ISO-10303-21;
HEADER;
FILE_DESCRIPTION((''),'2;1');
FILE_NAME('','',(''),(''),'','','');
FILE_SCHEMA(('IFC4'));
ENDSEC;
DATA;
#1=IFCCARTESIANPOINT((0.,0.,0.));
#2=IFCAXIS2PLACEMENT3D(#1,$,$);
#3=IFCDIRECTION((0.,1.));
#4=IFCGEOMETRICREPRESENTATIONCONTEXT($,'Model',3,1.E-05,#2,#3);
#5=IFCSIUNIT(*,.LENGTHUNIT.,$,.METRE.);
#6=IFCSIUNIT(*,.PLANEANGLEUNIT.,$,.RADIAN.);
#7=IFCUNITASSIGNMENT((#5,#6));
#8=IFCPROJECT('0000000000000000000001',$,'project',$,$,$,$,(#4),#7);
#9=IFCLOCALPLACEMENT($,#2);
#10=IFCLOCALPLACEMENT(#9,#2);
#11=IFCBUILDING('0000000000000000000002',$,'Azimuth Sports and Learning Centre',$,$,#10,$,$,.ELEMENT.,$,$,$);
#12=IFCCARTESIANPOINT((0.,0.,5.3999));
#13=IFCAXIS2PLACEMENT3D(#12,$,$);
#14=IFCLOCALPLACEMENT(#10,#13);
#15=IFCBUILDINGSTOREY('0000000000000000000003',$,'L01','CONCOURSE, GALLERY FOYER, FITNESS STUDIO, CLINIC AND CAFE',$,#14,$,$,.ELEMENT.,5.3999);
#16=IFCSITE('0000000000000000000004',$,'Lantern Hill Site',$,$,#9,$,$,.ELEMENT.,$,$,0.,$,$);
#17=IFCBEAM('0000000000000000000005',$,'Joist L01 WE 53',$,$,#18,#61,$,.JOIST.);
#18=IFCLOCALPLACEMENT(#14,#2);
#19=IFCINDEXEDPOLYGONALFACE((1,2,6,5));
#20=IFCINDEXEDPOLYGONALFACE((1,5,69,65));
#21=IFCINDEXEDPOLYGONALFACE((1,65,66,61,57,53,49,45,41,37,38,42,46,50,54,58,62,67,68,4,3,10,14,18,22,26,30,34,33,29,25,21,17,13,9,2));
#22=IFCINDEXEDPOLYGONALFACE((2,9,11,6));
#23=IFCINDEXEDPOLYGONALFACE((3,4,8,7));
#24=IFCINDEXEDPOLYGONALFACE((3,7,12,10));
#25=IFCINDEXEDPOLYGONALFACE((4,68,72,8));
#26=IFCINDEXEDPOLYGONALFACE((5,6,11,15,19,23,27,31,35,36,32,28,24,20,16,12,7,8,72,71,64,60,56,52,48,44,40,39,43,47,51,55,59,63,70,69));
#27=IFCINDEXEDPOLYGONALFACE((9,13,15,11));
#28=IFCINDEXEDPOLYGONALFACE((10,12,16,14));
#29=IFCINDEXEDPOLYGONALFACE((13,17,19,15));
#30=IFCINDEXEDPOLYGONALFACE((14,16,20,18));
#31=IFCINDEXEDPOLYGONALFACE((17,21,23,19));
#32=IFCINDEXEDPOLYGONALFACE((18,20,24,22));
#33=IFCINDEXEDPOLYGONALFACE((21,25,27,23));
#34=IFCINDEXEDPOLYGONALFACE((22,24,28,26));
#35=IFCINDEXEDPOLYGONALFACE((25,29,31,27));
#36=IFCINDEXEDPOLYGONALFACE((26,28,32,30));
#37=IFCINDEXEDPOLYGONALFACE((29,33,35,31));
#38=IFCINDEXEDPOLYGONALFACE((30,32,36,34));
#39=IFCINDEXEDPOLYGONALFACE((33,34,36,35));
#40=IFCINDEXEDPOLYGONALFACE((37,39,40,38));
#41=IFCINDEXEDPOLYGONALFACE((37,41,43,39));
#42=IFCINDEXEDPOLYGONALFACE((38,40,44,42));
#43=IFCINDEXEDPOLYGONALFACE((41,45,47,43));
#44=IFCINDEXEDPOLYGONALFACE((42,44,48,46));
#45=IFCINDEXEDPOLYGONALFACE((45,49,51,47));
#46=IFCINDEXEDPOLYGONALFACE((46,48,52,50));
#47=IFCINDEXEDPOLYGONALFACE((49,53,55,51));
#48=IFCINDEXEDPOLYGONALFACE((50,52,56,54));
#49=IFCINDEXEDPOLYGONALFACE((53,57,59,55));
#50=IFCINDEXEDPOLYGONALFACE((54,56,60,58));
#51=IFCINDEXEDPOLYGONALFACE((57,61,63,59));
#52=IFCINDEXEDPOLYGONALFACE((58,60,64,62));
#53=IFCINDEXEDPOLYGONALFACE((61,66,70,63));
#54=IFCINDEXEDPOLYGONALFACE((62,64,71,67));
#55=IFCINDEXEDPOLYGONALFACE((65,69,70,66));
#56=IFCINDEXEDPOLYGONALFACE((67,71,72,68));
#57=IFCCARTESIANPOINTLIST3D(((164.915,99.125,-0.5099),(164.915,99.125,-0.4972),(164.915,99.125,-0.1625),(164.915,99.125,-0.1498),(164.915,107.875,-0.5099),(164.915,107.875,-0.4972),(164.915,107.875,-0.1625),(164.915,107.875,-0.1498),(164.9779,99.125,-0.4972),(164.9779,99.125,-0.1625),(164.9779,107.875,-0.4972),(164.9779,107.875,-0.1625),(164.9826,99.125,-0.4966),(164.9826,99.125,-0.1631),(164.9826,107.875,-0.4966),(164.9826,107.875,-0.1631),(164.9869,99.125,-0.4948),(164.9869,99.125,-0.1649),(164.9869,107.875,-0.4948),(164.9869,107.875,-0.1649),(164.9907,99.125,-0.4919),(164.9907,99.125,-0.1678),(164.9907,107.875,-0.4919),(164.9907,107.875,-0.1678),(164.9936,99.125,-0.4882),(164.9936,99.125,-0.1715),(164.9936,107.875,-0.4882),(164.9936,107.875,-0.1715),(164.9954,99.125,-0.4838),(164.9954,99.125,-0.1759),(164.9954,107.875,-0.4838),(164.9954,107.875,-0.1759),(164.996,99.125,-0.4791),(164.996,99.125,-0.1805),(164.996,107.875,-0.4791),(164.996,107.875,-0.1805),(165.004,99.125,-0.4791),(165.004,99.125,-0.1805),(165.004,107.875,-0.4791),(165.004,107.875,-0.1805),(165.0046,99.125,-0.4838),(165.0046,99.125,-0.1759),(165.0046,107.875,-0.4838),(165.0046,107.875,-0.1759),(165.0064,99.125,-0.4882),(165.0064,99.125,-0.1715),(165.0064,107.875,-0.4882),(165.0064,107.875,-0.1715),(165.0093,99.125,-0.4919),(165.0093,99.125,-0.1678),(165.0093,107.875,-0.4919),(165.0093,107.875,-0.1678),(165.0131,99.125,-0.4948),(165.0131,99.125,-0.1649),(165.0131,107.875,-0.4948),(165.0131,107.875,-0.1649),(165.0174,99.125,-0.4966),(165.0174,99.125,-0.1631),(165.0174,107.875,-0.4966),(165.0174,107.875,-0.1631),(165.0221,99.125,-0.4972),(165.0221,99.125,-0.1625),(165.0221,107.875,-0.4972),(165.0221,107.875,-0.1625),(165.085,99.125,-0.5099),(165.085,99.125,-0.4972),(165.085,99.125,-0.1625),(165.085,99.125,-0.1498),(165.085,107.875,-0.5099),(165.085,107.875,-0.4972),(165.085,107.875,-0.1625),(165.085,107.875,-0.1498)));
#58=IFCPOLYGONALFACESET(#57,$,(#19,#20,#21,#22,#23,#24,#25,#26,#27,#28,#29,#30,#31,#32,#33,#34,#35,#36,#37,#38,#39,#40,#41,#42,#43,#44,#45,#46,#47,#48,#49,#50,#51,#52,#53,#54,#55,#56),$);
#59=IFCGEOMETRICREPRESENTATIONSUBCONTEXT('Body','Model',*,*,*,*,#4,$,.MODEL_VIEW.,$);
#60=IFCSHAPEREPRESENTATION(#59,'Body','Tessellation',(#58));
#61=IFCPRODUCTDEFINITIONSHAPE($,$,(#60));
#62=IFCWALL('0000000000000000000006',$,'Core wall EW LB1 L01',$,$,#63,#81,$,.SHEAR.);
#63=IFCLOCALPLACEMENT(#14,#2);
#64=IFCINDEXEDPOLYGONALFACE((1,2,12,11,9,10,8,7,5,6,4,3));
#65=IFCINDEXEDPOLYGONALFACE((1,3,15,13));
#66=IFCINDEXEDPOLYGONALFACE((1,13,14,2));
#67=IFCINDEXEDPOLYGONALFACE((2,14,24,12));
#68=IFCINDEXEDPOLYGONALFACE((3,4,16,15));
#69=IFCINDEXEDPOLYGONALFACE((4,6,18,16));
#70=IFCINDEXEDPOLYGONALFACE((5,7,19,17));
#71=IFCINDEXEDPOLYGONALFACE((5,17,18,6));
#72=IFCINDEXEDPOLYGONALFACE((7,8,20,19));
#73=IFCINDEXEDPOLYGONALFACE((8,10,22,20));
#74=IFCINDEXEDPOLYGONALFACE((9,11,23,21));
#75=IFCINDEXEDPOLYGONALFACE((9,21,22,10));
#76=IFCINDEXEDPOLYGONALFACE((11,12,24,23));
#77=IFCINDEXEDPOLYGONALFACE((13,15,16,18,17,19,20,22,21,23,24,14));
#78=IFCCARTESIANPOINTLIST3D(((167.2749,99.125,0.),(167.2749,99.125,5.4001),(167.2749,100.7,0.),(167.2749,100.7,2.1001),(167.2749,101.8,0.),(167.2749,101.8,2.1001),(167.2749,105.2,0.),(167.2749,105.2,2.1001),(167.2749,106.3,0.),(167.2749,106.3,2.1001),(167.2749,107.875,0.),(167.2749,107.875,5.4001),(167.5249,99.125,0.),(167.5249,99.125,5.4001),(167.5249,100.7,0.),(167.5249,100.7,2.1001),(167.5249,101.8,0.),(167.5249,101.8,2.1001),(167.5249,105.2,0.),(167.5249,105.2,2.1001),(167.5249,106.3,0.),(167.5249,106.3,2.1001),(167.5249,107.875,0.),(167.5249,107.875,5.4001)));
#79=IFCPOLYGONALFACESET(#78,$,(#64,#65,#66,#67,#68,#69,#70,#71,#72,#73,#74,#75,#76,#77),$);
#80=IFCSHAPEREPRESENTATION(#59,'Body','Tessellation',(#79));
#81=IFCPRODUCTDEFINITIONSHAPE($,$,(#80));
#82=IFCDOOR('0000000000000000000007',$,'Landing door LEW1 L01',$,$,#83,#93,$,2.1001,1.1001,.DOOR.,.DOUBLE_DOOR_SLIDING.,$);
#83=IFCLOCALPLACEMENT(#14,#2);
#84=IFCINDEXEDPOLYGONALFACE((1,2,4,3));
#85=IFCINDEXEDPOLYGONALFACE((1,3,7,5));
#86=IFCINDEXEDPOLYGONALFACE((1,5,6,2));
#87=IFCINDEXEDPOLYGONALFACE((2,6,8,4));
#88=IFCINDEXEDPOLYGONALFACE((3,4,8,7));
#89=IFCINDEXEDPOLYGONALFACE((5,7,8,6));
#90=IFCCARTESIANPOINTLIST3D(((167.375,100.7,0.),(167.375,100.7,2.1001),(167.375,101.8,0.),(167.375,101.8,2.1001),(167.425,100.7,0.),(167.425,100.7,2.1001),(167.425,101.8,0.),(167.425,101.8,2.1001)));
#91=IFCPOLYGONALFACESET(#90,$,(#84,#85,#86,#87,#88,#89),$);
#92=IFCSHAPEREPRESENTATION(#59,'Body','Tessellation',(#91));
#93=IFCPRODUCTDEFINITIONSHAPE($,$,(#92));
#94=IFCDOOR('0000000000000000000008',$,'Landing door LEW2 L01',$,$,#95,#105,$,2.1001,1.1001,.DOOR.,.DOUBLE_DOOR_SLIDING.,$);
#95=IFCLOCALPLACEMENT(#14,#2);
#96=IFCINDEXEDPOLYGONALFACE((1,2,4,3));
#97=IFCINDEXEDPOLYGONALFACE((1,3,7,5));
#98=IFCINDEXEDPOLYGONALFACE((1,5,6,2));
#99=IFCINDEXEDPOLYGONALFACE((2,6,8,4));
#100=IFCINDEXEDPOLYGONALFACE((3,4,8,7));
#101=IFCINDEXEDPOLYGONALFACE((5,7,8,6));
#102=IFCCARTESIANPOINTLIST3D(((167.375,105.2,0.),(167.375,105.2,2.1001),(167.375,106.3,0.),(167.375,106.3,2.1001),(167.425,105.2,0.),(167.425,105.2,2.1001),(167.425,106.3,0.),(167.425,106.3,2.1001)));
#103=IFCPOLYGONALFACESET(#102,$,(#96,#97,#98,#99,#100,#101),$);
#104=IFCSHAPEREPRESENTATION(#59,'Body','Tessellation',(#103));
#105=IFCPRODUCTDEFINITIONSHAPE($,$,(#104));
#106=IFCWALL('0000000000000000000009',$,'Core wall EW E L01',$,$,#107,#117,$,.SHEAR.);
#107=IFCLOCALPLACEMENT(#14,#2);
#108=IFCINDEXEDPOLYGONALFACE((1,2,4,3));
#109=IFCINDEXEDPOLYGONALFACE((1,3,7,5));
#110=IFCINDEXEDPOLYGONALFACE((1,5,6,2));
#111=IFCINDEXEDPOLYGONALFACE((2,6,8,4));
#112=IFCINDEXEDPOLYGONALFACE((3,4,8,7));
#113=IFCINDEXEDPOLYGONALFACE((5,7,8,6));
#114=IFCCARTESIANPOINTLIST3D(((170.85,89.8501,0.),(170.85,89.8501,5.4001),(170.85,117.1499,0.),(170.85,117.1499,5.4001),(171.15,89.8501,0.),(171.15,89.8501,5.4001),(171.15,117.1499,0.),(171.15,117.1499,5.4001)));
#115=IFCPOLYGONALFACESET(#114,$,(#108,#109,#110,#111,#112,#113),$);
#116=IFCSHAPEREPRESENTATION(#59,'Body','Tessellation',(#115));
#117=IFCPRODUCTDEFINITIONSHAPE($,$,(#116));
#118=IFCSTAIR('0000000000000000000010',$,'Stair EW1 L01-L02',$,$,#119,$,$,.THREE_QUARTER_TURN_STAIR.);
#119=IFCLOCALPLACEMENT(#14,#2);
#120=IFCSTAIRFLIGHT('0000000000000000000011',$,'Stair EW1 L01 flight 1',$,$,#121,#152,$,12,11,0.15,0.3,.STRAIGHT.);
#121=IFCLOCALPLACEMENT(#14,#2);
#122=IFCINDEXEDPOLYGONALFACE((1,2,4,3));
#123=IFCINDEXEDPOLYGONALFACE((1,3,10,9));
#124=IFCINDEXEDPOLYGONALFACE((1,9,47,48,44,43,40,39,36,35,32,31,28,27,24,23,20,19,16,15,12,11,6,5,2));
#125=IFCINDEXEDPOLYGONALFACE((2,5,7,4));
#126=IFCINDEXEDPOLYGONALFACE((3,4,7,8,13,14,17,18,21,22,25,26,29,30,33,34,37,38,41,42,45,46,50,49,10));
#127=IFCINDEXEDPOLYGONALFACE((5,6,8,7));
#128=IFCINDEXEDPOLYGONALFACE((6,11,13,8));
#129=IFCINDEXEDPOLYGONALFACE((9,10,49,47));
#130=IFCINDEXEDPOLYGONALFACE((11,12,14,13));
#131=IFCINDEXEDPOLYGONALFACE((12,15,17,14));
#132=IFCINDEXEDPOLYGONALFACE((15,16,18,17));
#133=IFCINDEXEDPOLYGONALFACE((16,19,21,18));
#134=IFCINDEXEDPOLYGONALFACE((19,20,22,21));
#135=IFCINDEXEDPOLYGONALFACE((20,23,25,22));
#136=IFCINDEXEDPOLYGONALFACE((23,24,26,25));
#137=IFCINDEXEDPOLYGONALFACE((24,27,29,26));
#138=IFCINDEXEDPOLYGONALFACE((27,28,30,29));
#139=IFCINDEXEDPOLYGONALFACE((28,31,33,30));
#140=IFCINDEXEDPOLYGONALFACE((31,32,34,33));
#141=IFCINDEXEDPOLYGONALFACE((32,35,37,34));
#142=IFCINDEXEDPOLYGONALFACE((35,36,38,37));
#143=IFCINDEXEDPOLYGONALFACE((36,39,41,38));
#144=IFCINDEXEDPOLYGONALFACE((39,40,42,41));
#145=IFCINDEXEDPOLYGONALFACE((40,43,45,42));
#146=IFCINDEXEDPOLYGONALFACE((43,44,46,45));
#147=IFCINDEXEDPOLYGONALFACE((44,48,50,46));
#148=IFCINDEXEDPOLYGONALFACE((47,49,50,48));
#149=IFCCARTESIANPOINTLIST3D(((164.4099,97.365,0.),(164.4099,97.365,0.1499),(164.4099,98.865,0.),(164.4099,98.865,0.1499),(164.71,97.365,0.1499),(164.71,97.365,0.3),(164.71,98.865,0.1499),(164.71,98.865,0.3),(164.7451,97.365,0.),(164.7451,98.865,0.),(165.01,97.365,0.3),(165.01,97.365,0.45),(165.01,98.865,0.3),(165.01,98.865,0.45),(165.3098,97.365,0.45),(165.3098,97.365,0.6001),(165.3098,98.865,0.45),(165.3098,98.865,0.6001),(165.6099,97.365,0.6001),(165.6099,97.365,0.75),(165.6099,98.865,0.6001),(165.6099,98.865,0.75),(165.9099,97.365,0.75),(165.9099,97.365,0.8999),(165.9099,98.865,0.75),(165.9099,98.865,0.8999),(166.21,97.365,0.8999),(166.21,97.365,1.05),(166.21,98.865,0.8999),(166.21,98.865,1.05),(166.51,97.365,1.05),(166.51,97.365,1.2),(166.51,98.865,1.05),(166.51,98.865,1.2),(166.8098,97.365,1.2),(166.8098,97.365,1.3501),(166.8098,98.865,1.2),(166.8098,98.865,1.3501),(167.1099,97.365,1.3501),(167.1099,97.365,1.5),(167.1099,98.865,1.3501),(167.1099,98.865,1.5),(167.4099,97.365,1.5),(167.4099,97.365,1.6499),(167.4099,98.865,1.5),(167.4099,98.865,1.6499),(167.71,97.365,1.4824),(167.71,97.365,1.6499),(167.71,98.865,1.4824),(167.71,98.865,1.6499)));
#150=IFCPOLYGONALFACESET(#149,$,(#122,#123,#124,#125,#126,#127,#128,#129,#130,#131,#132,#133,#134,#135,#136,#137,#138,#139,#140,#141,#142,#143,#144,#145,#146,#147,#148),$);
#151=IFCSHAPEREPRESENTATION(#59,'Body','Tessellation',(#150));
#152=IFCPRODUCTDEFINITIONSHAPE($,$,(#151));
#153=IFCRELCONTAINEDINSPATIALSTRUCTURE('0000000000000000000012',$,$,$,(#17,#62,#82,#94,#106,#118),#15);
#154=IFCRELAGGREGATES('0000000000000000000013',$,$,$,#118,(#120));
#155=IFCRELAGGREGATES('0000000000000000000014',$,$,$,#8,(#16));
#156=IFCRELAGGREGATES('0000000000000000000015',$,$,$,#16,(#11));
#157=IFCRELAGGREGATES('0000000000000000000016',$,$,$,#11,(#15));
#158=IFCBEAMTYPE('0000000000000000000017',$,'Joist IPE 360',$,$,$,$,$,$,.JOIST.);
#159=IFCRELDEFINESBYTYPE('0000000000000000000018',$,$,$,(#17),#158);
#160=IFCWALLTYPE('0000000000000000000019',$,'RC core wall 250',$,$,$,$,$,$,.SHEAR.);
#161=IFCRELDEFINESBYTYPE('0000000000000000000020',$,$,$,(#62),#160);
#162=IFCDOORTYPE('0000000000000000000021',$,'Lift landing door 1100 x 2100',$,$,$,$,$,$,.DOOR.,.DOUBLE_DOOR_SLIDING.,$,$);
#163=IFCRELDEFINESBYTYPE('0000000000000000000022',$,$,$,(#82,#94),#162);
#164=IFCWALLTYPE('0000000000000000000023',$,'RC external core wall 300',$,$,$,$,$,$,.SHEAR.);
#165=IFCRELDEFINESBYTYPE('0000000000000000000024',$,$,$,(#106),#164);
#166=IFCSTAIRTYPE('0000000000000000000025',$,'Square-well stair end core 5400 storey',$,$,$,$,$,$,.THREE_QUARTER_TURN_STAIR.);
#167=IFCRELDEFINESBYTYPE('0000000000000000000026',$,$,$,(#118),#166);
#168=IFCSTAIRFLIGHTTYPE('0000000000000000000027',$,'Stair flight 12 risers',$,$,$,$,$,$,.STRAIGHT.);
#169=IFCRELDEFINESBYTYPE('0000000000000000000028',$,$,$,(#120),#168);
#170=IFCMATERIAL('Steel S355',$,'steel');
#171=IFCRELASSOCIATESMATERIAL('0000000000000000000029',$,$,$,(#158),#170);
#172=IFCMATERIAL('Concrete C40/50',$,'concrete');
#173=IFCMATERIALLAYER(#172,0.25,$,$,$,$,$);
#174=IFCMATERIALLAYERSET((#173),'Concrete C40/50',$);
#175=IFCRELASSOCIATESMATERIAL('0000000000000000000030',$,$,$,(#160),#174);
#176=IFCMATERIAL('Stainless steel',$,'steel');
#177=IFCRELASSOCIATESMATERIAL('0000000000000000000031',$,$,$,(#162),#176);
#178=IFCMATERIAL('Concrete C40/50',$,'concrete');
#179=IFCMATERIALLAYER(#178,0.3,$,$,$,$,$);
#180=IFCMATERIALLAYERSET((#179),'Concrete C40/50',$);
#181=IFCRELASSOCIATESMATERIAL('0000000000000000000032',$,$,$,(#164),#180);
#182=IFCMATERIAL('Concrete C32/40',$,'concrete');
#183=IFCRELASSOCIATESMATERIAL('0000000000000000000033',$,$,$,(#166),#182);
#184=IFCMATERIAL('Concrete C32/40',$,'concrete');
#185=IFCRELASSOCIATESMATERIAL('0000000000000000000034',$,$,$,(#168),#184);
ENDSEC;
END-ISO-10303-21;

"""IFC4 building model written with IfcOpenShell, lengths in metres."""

from ifc_helpers import new_model, si_unit, direction, frame, frame_2d, origin, origin_2d, place, context, subcontext, project, spatial, polyline, rectangle, i_section, outline, extrude, material, layer, layer_set, material_profile, profile_set, type_object, element, fill, aggregate, save


model = new_model("IFC4")

# Units and contexts
model_context = context("Model", 3, precision=1e-05, world=origin(), true_north=direction((0.0, 1.0)))
body_context = subcontext(model_context, "Body", "Model", "MODEL_VIEW")
ifc_project = project(units=[si_unit("LENGTHUNIT", "METRE"), si_unit("PLANEANGLEUNIT", "RADIAN")], contexts=[model_context])

# Site, building, storey
site_placement = place(None, origin())
site = spatial("IfcSite", under=ifc_project, at=site_placement, Name="Lantern Hill Site", CompositionType="ELEMENT", RefElevation=0.0)
building_placement = place(site_placement, origin())
building = spatial("IfcBuilding", under=site, at=building_placement, Name="Azimuth Sports and Learning Centre", CompositionType="ELEMENT")
storey_placement = place(building_placement, frame((0.0, 0.0, 5.3999)))
storey = spatial("IfcBuildingStorey", under=building, at=storey_placement, Name="L01", Description="CONCOURSE, GALLERY FOYER, FITNESS STUDIO, CLINIC AND CAFE", CompositionType="ELEMENT", Elevation=5.3999)

# Beam
ifc_material_1 = material(Name="Steel S355", Category="steel")
ifc_material_profile_1 = material_profile(ifc_material_1, i_section(OverallWidth=0.1699, OverallDepth=0.3601, WebThickness=0.0081, FlangeThickness=0.0127, FilletRadius=0.0181, at=origin_2d()), Name="IPE 360")
ifc_profile_set_1 = profile_set([ifc_material_profile_1], Name="Steel S355")
beam_type_1 = type_object("IfcBeamType", Name="Joist IPE 360", PredefinedType="JOIST", material=ifc_profile_set_1)
beam_placement = place(storey_placement, frame((165.0, 99.125, -0.3298), z_axis=(0.0, 1.0, 0.0), x_axis=(-1.0, 0.0, 0.0)))
element("IfcBeam", 1, at=beam_placement, inside=storey, type_object=beam_type_1, Name="Joist L01 WE 53", PredefinedType="JOIST", context=body_context, shape_type="SweptSolid", body=[
    extrude(i_section(OverallWidth=0.1699, OverallDepth=0.3601, WebThickness=0.0081, FlangeThickness=0.0127, FilletRadius=0.0181, at=origin_2d()), origin(), (0.0, 0.0, 1.0), 8.75),
])

# Wall, openings, doors
ifc_material_2 = material(Name="Concrete C40/50", Category="concrete")
ifc_layer_1 = layer(ifc_material_2, 0.25)
ifc_layer_set_1 = layer_set([ifc_layer_1], Name="Concrete C40/50")
wall_type_1 = type_object("IfcWallType", Name="RC core wall 250", PredefinedType="SHEAR", material=ifc_layer_set_1)
wall_1_placement = place(storey_placement, frame((167.3999, 99.125, 0.0), z_axis=(0.0, 0.0, 1.0), x_axis=(0.0, 1.0, 0.0)))
wall_1 = element("IfcWall", 2, at=wall_1_placement, inside=storey, type_object=wall_type_1, Name="Core wall EW LB1 L01", PredefinedType="SHEAR", context=body_context, shape_type="SweptSolid", body=[
    extrude(rectangle(XDim=8.75, YDim=0.25, at=frame_2d((4.375, 0.0))), origin(), (0.0, 0.0, 1.0), 5.4001),
])
opening_1_placement = place(wall_1_placement, frame((1.575, 0.0, 0.0)))
opening_1 = element("IfcOpeningElement", 3, at=opening_1_placement, cuts=wall_1, PredefinedType="OPENING", context=body_context, shape_type="SweptSolid", body=[
    extrude(rectangle(XDim=1.1001, YDim=2.1001, at=frame_2d((0.55, 1.05))), frame((0.0, 0.136, 0.0), z_axis=(0.0, -1.0, 0.0), x_axis=(1.0, 0.0, 0.0)), (0.0, 0.0, 1.0), 0.272),
])
opening_2_placement = place(wall_1_placement, frame((6.075, 0.0, 0.0)))
opening_2 = element("IfcOpeningElement", 4, at=opening_2_placement, cuts=wall_1, PredefinedType="OPENING", context=body_context, shape_type="SweptSolid", body=[
    extrude(rectangle(XDim=1.1001, YDim=2.1001, at=frame_2d((0.55, 1.05))), frame((0.0, 0.136, 0.0), z_axis=(0.0, -1.0, 0.0), x_axis=(1.0, 0.0, 0.0)), (0.0, 0.0, 1.0), 0.272),
])
ifc_material_3 = material(Name="Stainless steel", Category="steel")
door_type = type_object("IfcDoorType", Name="Lift landing door 1100 x 2100", OperationType="DOUBLE_DOOR_SLIDING", PredefinedType="DOOR", material=ifc_material_3)
door_1_placement = place(opening_1_placement, origin())
door_1 = element("IfcDoor", 5, at=door_1_placement, inside=storey, type_object=door_type, Name="Landing door LEW1 L01", OperationType="DOUBLE_DOOR_SLIDING", OverallHeight=2.1001, OverallWidth=1.1001, PredefinedType="DOOR", context=body_context, shape_type="SweptSolid", body=[
    extrude(rectangle(XDim=1.1001, YDim=2.1001, at=frame_2d((0.55, 1.05))), frame((0.0, 0.0249, 0.0), z_axis=(0.0, -1.0, 0.0), x_axis=(1.0, 0.0, 0.0)), (0.0, 0.0, 1.0), 0.05),
])
fill(opening_1, door_1)
door_2_placement = place(opening_2_placement, origin())
door_2 = element("IfcDoor", 6, at=door_2_placement, inside=storey, type_object=door_type, Name="Landing door LEW2 L01", OperationType="DOUBLE_DOOR_SLIDING", OverallHeight=2.1001, OverallWidth=1.1001, PredefinedType="DOOR", context=body_context, shape_type="SweptSolid", body=[
    extrude(rectangle(XDim=1.1001, YDim=2.1001, at=frame_2d((0.55, 1.05))), frame((0.0, 0.0249, 0.0), z_axis=(0.0, -1.0, 0.0), x_axis=(1.0, 0.0, 0.0)), (0.0, 0.0, 1.0), 0.05),
])
fill(opening_2, door_2)

# Wall
ifc_material_4 = material(Name="Concrete C40/50", Category="concrete")
ifc_layer_2 = layer(ifc_material_4, 0.3)
ifc_layer_set_2 = layer_set([ifc_layer_2], Name="Concrete C40/50")
wall_type_2 = type_object("IfcWallType", Name="RC external core wall 300", PredefinedType="SHEAR", material=ifc_layer_set_2)
wall_2_placement = place(storey_placement, frame((171.0, 89.8501, 0.0), z_axis=(0.0, 0.0, 1.0), x_axis=(0.0, 1.0, 0.0)))
element("IfcWall", 7, at=wall_2_placement, inside=storey, type_object=wall_type_2, Name="Core wall EW E L01", PredefinedType="SHEAR", context=body_context, shape_type="SweptSolid", body=[
    extrude(rectangle(XDim=27.2998, YDim=0.3, at=frame_2d((13.6499, 0.0))), origin(), (0.0, 0.0, 1.0), 5.4001),
])

# Stair, stair flight
ifc_material_5 = material(Name="Concrete C32/40", Category="concrete")
stair_type = type_object("IfcStairType", Name="Square-well stair end core 5400 storey", PredefinedType="THREE_QUARTER_TURN_STAIR", material=ifc_material_5)
stair_placement = place(storey_placement, origin())
stair = element("IfcStair", 8, at=stair_placement, inside=storey, type_object=stair_type, Name="Stair EW1 L01-L02", PredefinedType="THREE_QUARTER_TURN_STAIR")
ifc_material_6 = material(Name="Concrete C32/40", Category="concrete")
stair_flight_type = type_object("IfcStairFlightType", Name="Stair flight 12 risers", PredefinedType="STRAIGHT", material=ifc_material_6)
stair_flight_1_placement = place(storey_placement, frame((164.4099, 98.115, 0.0), z_axis=(0.0, 0.0, 1.0), x_axis=(1.0, 0.0, 0.0)))
stair_flight_1 = element("IfcStairFlight", 9, at=stair_flight_1_placement, type_object=stair_flight_type, Name="Stair EW1 L01 flight 1", NumberOfRisers=12, NumberOfTreads=11, PredefinedType="STRAIGHT", RiserHeight=0.15, TreadLength=0.3, context=body_context, shape_type="SweptSolid", body=[
    extrude(outline(polyline([(0.0, 0.0), (0.0, 0.1499), (0.3, 0.1499), (0.3, 0.3), (0.6001, 0.3), (0.6001, 0.45), (0.8999, 0.45), (0.8999, 0.6001), (1.2, 0.6001), (1.2, 0.75), (1.5, 0.75), (1.5, 0.8999), (1.8, 0.8999), (1.8, 1.05), (2.1001, 1.05), (2.1001, 1.2), (2.3999, 1.2), (2.3999, 1.3501), (2.7, 1.3501), (2.7, 1.5), (3.0, 1.5), (3.0, 1.6499), (3.3, 1.6499), (3.3, 1.8), (3.3, 1.4824), (0.3352, 0.0), (0.0, 0.0)])), frame((0.0, 0.75, 0.0), z_axis=(0.0, -1.0, 0.0), x_axis=(1.0, 0.0, 0.0)), (0.0, 0.0, 1.0), 1.5),
])
aggregate(stair, [stair_flight_1])

save(model, "model.ifc")
